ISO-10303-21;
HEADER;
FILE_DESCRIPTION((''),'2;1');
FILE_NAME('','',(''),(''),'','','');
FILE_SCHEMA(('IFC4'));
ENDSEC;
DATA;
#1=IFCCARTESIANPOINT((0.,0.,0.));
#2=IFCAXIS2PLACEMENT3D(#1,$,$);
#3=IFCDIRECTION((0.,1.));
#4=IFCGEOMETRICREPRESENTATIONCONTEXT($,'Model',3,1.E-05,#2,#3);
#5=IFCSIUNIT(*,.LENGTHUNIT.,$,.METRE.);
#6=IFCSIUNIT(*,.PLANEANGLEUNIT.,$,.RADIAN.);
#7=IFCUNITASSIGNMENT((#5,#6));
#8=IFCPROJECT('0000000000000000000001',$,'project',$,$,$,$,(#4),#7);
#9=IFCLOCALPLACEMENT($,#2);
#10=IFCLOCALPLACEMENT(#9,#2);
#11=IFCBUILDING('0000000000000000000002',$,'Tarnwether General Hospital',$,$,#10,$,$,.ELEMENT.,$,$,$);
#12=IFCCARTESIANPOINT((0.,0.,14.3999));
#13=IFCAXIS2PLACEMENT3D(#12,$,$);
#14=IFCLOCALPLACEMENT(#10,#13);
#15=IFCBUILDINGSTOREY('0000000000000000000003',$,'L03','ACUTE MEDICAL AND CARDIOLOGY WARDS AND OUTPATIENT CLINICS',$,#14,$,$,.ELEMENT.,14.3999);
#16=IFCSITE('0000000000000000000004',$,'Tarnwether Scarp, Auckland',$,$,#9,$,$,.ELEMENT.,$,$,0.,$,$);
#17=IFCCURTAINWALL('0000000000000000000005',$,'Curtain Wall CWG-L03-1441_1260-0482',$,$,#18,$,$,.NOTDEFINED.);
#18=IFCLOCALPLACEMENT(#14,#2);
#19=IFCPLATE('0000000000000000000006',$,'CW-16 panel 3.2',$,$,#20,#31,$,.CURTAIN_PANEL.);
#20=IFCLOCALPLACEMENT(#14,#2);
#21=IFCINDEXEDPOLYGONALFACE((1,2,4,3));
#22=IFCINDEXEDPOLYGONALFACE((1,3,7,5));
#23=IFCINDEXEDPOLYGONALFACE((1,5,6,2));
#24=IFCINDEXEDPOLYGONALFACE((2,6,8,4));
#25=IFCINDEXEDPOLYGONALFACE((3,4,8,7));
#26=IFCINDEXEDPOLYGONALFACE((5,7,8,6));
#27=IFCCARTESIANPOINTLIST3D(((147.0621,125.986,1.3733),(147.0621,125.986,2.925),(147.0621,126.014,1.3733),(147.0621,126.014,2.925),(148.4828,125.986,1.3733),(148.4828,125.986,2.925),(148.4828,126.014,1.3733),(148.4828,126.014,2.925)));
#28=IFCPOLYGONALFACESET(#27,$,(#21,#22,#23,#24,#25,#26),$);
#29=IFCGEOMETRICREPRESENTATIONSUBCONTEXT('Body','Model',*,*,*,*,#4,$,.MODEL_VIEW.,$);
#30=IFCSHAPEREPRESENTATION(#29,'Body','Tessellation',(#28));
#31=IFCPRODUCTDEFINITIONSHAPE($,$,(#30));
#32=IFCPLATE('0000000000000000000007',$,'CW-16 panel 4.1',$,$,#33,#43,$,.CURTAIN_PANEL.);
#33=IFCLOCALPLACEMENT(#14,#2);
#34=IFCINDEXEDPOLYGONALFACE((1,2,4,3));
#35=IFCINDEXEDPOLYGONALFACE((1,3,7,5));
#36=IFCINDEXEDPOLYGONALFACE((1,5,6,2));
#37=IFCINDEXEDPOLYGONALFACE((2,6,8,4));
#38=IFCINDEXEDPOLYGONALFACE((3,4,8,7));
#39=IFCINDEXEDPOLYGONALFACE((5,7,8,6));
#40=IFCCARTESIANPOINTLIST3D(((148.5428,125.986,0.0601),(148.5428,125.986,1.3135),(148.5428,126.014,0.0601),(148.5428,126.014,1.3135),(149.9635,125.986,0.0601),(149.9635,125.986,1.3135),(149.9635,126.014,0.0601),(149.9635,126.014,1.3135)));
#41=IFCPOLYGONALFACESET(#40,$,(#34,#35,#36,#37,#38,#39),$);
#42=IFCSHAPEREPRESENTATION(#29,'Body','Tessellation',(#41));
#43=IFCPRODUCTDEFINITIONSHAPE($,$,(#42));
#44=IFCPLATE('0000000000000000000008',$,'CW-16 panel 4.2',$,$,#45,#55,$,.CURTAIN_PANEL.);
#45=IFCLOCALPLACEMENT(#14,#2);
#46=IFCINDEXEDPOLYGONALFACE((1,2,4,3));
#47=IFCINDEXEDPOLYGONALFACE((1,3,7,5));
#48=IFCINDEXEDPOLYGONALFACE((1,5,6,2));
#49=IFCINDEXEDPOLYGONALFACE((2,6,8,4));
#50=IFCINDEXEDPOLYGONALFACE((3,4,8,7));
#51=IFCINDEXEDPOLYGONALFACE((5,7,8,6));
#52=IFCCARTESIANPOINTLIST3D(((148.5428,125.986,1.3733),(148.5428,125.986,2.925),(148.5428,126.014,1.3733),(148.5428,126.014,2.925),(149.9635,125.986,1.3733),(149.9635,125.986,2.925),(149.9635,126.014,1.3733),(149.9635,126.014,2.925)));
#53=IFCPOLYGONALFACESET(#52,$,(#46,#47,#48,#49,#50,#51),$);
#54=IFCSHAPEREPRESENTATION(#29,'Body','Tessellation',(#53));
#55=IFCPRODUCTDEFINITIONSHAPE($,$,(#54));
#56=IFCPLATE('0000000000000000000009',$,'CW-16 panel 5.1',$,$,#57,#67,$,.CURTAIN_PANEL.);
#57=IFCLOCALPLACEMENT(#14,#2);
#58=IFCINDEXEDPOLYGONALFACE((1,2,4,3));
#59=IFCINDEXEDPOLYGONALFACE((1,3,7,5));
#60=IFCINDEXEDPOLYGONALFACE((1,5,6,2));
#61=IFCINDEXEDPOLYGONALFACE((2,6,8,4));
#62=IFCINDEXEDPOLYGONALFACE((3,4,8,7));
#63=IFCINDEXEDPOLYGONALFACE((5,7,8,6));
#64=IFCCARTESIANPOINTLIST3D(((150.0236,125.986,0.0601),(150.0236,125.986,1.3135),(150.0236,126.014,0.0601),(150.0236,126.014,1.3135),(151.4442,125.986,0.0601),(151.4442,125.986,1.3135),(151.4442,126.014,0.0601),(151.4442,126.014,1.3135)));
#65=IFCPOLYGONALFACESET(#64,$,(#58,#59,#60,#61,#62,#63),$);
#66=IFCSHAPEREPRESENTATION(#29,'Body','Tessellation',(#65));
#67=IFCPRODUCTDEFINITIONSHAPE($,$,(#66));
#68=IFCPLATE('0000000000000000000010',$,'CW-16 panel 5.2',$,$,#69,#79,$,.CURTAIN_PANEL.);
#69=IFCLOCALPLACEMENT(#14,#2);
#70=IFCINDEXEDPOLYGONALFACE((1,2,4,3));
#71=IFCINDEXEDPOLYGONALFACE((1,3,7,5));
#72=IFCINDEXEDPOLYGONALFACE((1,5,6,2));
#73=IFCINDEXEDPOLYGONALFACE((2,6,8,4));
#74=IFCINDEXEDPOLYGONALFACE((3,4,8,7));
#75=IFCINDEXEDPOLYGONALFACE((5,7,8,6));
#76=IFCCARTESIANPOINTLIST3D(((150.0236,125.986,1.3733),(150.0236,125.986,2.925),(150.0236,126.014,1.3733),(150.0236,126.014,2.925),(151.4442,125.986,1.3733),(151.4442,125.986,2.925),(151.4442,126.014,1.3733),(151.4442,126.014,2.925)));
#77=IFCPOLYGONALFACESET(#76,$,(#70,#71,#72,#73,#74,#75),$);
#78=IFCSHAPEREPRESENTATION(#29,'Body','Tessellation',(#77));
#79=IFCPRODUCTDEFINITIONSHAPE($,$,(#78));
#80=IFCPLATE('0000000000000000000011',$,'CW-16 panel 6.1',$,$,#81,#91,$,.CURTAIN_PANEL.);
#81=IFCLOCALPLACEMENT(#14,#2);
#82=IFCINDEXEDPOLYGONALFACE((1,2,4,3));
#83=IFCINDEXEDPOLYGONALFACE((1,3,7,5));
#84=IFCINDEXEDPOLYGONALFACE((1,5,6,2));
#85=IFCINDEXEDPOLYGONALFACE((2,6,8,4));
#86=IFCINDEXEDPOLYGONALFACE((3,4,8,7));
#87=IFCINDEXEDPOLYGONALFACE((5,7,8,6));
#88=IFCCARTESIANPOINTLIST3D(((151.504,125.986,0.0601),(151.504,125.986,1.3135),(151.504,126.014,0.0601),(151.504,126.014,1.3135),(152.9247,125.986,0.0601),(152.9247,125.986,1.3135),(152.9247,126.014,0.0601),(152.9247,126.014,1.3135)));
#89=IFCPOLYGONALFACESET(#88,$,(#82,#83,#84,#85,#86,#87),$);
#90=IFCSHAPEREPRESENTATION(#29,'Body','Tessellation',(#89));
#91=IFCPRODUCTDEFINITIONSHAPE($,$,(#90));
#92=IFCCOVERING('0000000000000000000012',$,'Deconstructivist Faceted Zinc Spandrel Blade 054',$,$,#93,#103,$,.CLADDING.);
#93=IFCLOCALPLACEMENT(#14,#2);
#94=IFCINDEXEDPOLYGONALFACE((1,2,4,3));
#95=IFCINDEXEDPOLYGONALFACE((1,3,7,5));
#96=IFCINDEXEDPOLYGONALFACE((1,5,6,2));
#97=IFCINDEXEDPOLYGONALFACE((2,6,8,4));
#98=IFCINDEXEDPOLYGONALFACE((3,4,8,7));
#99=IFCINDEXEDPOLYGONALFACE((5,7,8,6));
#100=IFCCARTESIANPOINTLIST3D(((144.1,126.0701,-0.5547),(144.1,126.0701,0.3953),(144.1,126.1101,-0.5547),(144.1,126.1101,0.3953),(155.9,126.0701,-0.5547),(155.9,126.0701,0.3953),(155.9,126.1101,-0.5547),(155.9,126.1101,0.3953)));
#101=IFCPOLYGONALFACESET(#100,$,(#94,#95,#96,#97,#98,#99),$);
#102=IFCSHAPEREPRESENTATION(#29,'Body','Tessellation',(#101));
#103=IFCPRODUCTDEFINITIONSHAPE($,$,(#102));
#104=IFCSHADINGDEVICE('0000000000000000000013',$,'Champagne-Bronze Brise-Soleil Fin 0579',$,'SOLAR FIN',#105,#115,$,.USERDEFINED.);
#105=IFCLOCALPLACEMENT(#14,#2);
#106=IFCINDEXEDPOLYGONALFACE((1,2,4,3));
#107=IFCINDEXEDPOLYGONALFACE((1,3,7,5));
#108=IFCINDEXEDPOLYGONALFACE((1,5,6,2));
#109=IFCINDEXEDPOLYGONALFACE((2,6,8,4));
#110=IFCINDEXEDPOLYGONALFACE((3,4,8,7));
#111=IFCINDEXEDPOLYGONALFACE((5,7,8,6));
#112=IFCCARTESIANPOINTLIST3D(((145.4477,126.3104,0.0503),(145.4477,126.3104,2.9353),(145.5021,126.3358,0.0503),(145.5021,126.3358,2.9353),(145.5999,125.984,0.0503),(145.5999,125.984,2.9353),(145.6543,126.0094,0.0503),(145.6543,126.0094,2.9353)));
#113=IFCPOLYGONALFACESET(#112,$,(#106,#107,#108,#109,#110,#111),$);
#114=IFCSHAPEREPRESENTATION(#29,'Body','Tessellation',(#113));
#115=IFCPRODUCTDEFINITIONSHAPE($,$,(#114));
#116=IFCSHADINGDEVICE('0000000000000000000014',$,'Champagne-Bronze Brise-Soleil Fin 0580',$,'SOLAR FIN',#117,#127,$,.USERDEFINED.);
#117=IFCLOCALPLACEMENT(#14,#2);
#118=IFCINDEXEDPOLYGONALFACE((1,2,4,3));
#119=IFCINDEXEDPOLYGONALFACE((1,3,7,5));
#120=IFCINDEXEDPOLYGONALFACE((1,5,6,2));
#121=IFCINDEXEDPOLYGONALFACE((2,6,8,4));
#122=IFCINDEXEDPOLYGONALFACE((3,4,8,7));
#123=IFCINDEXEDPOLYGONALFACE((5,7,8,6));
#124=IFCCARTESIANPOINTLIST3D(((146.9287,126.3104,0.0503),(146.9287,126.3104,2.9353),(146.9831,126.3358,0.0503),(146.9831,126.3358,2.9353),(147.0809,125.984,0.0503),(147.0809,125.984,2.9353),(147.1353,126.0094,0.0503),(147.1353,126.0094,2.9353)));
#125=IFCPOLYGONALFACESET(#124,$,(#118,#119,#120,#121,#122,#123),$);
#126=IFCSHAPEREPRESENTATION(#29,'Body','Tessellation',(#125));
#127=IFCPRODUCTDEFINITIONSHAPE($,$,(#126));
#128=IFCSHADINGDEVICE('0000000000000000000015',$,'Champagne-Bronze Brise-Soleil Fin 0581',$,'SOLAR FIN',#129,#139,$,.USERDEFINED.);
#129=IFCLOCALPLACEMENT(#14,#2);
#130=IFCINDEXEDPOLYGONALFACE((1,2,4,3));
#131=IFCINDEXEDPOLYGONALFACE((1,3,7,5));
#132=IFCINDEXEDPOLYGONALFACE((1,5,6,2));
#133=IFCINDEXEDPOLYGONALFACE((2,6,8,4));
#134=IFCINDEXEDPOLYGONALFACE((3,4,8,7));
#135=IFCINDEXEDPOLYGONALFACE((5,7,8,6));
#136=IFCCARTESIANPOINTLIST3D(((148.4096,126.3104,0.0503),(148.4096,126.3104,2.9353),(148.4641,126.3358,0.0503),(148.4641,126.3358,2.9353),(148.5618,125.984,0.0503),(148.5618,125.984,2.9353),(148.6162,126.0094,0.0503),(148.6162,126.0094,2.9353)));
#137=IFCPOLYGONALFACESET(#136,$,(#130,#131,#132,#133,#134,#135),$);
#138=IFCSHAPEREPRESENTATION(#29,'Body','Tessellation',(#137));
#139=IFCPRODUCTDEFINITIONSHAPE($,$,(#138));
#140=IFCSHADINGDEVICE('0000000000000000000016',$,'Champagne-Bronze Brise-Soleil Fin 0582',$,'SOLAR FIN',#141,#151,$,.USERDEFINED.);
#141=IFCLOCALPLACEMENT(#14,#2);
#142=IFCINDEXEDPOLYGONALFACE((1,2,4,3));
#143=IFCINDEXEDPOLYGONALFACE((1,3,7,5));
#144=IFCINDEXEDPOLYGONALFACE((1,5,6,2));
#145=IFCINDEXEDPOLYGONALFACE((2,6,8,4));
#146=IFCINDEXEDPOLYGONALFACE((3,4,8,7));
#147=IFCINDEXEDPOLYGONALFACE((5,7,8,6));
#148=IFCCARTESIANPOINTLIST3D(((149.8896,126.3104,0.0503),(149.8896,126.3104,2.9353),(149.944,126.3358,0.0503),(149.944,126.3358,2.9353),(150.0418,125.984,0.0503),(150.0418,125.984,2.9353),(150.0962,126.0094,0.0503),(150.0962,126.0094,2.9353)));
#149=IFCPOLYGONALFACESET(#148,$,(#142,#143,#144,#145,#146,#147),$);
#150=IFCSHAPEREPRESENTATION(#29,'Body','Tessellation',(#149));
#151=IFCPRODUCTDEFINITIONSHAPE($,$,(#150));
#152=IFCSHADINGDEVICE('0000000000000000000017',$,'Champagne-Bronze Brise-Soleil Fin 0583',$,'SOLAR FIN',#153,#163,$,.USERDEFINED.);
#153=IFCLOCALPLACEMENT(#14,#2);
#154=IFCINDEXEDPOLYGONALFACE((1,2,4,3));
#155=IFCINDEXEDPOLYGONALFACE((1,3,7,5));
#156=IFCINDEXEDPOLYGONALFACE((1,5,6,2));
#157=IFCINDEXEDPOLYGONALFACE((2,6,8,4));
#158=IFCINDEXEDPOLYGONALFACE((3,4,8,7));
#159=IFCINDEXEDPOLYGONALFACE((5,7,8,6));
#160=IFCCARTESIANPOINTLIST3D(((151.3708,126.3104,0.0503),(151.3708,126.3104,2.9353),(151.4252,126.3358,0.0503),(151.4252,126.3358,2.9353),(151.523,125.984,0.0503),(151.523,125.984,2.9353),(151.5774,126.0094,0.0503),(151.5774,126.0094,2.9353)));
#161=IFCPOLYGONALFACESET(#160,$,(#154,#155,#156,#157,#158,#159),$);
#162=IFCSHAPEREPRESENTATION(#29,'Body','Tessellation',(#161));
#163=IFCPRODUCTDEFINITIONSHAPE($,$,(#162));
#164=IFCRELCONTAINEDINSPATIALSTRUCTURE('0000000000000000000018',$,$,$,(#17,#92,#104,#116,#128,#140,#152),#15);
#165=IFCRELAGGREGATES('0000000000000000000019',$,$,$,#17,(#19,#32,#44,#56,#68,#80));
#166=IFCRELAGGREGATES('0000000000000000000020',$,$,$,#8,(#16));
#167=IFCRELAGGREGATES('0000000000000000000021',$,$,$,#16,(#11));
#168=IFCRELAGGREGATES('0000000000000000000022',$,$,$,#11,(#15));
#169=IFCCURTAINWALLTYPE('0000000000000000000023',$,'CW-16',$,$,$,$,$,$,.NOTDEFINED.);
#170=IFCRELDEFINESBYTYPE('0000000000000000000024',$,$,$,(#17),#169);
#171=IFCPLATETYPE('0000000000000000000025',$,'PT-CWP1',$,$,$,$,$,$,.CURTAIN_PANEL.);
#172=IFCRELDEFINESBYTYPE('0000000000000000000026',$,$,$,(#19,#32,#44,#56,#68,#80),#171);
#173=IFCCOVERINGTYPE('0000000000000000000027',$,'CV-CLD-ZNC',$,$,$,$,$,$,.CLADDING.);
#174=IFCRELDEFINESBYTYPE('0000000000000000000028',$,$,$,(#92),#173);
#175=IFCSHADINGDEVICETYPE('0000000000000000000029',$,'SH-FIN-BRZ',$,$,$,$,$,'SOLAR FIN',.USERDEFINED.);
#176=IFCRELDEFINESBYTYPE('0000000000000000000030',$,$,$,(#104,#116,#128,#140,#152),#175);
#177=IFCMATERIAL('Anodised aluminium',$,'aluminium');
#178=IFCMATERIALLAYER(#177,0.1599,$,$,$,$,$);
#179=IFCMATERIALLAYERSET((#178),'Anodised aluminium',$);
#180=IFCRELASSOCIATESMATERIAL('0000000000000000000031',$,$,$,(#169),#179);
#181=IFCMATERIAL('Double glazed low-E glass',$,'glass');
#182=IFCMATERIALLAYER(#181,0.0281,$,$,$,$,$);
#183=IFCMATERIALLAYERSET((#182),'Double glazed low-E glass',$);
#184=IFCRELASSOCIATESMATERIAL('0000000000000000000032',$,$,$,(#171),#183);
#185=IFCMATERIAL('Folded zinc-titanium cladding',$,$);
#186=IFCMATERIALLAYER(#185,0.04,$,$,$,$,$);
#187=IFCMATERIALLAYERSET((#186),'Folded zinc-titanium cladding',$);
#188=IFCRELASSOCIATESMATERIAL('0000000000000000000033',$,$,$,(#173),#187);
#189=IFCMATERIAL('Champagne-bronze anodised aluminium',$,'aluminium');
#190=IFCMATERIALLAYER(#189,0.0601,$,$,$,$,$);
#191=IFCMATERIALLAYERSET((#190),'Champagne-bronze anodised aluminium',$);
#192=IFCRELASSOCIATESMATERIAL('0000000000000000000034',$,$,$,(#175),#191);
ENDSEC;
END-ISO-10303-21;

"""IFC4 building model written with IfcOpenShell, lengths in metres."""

from ifc_helpers import new_model, si_unit, direction, frame, origin, origin_2d, place, context, subcontext, project, spatial, rectangle, extrude, material, layer, layer_set, type_object, element, aggregate, save


model = new_model("IFC4")

# Units and contexts
model_context = context("Model", 3, precision=1e-05, world=origin(), true_north=direction((0.0, 1.0)))
body_context = subcontext(model_context, "Body", "Model", "MODEL_VIEW")
ifc_project = project(units=[si_unit("LENGTHUNIT", "METRE"), si_unit("PLANEANGLEUNIT", "RADIAN")], contexts=[model_context])

# Site, building, storey
site_placement = place(None, origin())
site = spatial("IfcSite", under=ifc_project, at=site_placement, Name="Tarnwether Scarp, Auckland", CompositionType="ELEMENT", RefElevation=0.0)
building_placement = place(site_placement, origin())
building = spatial("IfcBuilding", under=site, at=building_placement, Name="Tarnwether General Hospital", CompositionType="ELEMENT")
storey_placement = place(building_placement, frame((0.0, 0.0, 14.3999)))
storey = spatial("IfcBuildingStorey", under=building, at=storey_placement, Name="L03", Description="ACUTE MEDICAL AND CARDIOLOGY WARDS AND OUTPATIENT CLINICS", CompositionType="ELEMENT", Elevation=14.3999)

# Curtain wall, plates
ifc_material_1 = material(Name="Anodised aluminium", Category="aluminium")
ifc_layer_1 = layer(ifc_material_1, 0.1599)
ifc_layer_set_1 = layer_set([ifc_layer_1], Name="Anodised aluminium")
curtain_wall_type = type_object("IfcCurtainWallType", Name="CW-16", PredefinedType="NOTDEFINED", material=ifc_layer_set_1)
curtain_wall_placement = place(storey_placement, origin())
curtain_wall = element("IfcCurtainWall", 1, at=curtain_wall_placement, inside=storey, type_object=curtain_wall_type, Name="Curtain Wall CWG-L03-1441_1260-0482", PredefinedType="NOTDEFINED")
ifc_material_2 = material(Name="Double glazed low-E glass", Category="glass")
ifc_layer_2 = layer(ifc_material_2, 0.0281)
ifc_layer_set_2 = layer_set([ifc_layer_2], Name="Double glazed low-E glass")
plate_type = type_object("IfcPlateType", Name="PT-CWP1", PredefinedType="CURTAIN_PANEL", material=ifc_layer_set_2)
plate_1_placement = place(storey_placement, frame((147.7725, 126.0, 1.3733), z_axis=(0.0, 0.0, 1.0), x_axis=(1.0, 0.0, 0.0)))
plate_1 = element("IfcPlate", 2, at=plate_1_placement, type_object=plate_type, Name="CW-16 panel 3.2", PredefinedType="CURTAIN_PANEL", context=body_context, shape_type="SweptSolid", body=[
    extrude(rectangle(XDim=1.4207, YDim=0.0281, at=origin_2d()), origin(), (0.0, 0.0, 1.0), 1.5518),
])
plate_2_placement = place(storey_placement, frame((149.2532, 126.0, 0.0601), z_axis=(0.0, 0.0, 1.0), x_axis=(1.0, 0.0, 0.0)))
plate_2 = element("IfcPlate", 3, at=plate_2_placement, type_object=plate_type, Name="CW-16 panel 4.1", PredefinedType="CURTAIN_PANEL", context=body_context, shape_type="SweptSolid", body=[
    extrude(rectangle(XDim=1.4207, YDim=0.0281, at=origin_2d()), origin(), (0.0, 0.0, 1.0), 1.2534),
])
plate_3_placement = place(storey_placement, frame((149.2532, 126.0, 1.3733), z_axis=(0.0, 0.0, 1.0), x_axis=(1.0, 0.0, 0.0)))
plate_3 = element("IfcPlate", 4, at=plate_3_placement, type_object=plate_type, Name="CW-16 panel 4.2", PredefinedType="CURTAIN_PANEL", context=body_context, shape_type="SweptSolid", body=[
    extrude(rectangle(XDim=1.4207, YDim=0.0281, at=origin_2d()), origin(), (0.0, 0.0, 1.0), 1.5518),
])
plate_4_placement = place(storey_placement, frame((150.7339, 126.0, 0.0601), z_axis=(0.0, 0.0, 1.0), x_axis=(1.0, 0.0, 0.0)))
plate_4 = element("IfcPlate", 5, at=plate_4_placement, type_object=plate_type, Name="CW-16 panel 5.1", PredefinedType="CURTAIN_PANEL", context=body_context, shape_type="SweptSolid", body=[
    extrude(rectangle(XDim=1.4207, YDim=0.0281, at=origin_2d()), origin(), (0.0, 0.0, 1.0), 1.2534),
])
plate_5_placement = place(storey_placement, frame((150.7339, 126.0, 1.3733), z_axis=(0.0, 0.0, 1.0), x_axis=(1.0, 0.0, 0.0)))
plate_5 = element("IfcPlate", 6, at=plate_5_placement, type_object=plate_type, Name="CW-16 panel 5.2", PredefinedType="CURTAIN_PANEL", context=body_context, shape_type="SweptSolid", body=[
    extrude(rectangle(XDim=1.4207, YDim=0.0281, at=origin_2d()), origin(), (0.0, 0.0, 1.0), 1.5518),
])
plate_6_placement = place(storey_placement, frame((152.2144, 126.0, 0.0601), z_axis=(0.0, 0.0, 1.0), x_axis=(1.0, 0.0, 0.0)))
plate_6 = element("IfcPlate", 7, at=plate_6_placement, type_object=plate_type, Name="CW-16 panel 6.1", PredefinedType="CURTAIN_PANEL", context=body_context, shape_type="SweptSolid", body=[
    extrude(rectangle(XDim=1.4207, YDim=0.0281, at=origin_2d()), origin(), (0.0, 0.0, 1.0), 1.2534),
])
aggregate(curtain_wall, [plate_1, plate_2, plate_3, plate_4, plate_5, plate_6])

# Covering
ifc_material_3 = material(Name="Folded zinc-titanium cladding")
ifc_layer_3 = layer(ifc_material_3, 0.04)
ifc_layer_set_3 = layer_set([ifc_layer_3], Name="Folded zinc-titanium cladding")
covering_type = type_object("IfcCoveringType", Name="CV-CLD-ZNC", PredefinedType="CLADDING", material=ifc_layer_set_3)
covering_placement = place(storey_placement, frame((150.0, 126.0901, -0.5547), z_axis=(0.0, 0.0, 1.0), x_axis=(1.0, 0.0, 0.0)))
element("IfcCovering", 8, at=covering_placement, inside=storey, type_object=covering_type, Name="Deconstructivist Faceted Zinc Spandrel Blade 054", PredefinedType="CLADDING", context=body_context, shape_type="SweptSolid", body=[
    extrude(rectangle(XDim=11.8, YDim=0.04, at=origin_2d()), origin(), (0.0, 0.0, 1.0), 0.95),
])

# Shading devices
ifc_material_4 = material(Name="Champagne-bronze anodised aluminium", Category="aluminium")
ifc_layer_4 = layer(ifc_material_4, 0.0601)
ifc_layer_set_4 = layer_set([ifc_layer_4], Name="Champagne-bronze anodised aluminium")
shading_device_type = type_object("IfcShadingDeviceType", Name="SH-FIN-BRZ", ElementType="SOLAR FIN", PredefinedType="USERDEFINED", material=ifc_layer_set_4)
for number, where, z_axis, x_axis, name in (
    (9, (145.551, 126.1599, 0.0503), (0.0, 0.0, 1.0), (0.906308, 0.422618, 0.0), "Champagne-Bronze Brise-Soleil Fin 0579"),
    (10, (147.032, 126.1599, 0.0503), (0.0, 0.0, 1.0), (0.906308, 0.422618, 0.0), "Champagne-Bronze Brise-Soleil Fin 0580"),
    (11, (148.5129, 126.1599, 0.0503), (0.0, 0.0, 1.0), (0.906308, 0.422618, 0.0), "Champagne-Bronze Brise-Soleil Fin 0581"),
    (12, (149.9929, 126.1599, 0.0503), (0.0, 0.0, 1.0), (0.906308, 0.422618, 0.0), "Champagne-Bronze Brise-Soleil Fin 0582"),
    (13, (151.4741, 126.1599, 0.0503), (0.0, 0.0, 1.0), (0.906308, 0.422618, 0.0), "Champagne-Bronze Brise-Soleil Fin 0583"),
):
    element("IfcShadingDevice", number, at=place(storey_placement, frame(where, z_axis=z_axis, x_axis=x_axis)), inside=storey, type_object=shading_device_type, Name=name, ObjectType="SOLAR FIN", PredefinedType="USERDEFINED", context=body_context, shape_type="SweptSolid", body=[
        extrude(rectangle(XDim=0.0601, YDim=0.3601, at=origin_2d()), origin(), (0.0, 0.0, 1.0), 2.885),
    ])

save(model, "model.ifc")
